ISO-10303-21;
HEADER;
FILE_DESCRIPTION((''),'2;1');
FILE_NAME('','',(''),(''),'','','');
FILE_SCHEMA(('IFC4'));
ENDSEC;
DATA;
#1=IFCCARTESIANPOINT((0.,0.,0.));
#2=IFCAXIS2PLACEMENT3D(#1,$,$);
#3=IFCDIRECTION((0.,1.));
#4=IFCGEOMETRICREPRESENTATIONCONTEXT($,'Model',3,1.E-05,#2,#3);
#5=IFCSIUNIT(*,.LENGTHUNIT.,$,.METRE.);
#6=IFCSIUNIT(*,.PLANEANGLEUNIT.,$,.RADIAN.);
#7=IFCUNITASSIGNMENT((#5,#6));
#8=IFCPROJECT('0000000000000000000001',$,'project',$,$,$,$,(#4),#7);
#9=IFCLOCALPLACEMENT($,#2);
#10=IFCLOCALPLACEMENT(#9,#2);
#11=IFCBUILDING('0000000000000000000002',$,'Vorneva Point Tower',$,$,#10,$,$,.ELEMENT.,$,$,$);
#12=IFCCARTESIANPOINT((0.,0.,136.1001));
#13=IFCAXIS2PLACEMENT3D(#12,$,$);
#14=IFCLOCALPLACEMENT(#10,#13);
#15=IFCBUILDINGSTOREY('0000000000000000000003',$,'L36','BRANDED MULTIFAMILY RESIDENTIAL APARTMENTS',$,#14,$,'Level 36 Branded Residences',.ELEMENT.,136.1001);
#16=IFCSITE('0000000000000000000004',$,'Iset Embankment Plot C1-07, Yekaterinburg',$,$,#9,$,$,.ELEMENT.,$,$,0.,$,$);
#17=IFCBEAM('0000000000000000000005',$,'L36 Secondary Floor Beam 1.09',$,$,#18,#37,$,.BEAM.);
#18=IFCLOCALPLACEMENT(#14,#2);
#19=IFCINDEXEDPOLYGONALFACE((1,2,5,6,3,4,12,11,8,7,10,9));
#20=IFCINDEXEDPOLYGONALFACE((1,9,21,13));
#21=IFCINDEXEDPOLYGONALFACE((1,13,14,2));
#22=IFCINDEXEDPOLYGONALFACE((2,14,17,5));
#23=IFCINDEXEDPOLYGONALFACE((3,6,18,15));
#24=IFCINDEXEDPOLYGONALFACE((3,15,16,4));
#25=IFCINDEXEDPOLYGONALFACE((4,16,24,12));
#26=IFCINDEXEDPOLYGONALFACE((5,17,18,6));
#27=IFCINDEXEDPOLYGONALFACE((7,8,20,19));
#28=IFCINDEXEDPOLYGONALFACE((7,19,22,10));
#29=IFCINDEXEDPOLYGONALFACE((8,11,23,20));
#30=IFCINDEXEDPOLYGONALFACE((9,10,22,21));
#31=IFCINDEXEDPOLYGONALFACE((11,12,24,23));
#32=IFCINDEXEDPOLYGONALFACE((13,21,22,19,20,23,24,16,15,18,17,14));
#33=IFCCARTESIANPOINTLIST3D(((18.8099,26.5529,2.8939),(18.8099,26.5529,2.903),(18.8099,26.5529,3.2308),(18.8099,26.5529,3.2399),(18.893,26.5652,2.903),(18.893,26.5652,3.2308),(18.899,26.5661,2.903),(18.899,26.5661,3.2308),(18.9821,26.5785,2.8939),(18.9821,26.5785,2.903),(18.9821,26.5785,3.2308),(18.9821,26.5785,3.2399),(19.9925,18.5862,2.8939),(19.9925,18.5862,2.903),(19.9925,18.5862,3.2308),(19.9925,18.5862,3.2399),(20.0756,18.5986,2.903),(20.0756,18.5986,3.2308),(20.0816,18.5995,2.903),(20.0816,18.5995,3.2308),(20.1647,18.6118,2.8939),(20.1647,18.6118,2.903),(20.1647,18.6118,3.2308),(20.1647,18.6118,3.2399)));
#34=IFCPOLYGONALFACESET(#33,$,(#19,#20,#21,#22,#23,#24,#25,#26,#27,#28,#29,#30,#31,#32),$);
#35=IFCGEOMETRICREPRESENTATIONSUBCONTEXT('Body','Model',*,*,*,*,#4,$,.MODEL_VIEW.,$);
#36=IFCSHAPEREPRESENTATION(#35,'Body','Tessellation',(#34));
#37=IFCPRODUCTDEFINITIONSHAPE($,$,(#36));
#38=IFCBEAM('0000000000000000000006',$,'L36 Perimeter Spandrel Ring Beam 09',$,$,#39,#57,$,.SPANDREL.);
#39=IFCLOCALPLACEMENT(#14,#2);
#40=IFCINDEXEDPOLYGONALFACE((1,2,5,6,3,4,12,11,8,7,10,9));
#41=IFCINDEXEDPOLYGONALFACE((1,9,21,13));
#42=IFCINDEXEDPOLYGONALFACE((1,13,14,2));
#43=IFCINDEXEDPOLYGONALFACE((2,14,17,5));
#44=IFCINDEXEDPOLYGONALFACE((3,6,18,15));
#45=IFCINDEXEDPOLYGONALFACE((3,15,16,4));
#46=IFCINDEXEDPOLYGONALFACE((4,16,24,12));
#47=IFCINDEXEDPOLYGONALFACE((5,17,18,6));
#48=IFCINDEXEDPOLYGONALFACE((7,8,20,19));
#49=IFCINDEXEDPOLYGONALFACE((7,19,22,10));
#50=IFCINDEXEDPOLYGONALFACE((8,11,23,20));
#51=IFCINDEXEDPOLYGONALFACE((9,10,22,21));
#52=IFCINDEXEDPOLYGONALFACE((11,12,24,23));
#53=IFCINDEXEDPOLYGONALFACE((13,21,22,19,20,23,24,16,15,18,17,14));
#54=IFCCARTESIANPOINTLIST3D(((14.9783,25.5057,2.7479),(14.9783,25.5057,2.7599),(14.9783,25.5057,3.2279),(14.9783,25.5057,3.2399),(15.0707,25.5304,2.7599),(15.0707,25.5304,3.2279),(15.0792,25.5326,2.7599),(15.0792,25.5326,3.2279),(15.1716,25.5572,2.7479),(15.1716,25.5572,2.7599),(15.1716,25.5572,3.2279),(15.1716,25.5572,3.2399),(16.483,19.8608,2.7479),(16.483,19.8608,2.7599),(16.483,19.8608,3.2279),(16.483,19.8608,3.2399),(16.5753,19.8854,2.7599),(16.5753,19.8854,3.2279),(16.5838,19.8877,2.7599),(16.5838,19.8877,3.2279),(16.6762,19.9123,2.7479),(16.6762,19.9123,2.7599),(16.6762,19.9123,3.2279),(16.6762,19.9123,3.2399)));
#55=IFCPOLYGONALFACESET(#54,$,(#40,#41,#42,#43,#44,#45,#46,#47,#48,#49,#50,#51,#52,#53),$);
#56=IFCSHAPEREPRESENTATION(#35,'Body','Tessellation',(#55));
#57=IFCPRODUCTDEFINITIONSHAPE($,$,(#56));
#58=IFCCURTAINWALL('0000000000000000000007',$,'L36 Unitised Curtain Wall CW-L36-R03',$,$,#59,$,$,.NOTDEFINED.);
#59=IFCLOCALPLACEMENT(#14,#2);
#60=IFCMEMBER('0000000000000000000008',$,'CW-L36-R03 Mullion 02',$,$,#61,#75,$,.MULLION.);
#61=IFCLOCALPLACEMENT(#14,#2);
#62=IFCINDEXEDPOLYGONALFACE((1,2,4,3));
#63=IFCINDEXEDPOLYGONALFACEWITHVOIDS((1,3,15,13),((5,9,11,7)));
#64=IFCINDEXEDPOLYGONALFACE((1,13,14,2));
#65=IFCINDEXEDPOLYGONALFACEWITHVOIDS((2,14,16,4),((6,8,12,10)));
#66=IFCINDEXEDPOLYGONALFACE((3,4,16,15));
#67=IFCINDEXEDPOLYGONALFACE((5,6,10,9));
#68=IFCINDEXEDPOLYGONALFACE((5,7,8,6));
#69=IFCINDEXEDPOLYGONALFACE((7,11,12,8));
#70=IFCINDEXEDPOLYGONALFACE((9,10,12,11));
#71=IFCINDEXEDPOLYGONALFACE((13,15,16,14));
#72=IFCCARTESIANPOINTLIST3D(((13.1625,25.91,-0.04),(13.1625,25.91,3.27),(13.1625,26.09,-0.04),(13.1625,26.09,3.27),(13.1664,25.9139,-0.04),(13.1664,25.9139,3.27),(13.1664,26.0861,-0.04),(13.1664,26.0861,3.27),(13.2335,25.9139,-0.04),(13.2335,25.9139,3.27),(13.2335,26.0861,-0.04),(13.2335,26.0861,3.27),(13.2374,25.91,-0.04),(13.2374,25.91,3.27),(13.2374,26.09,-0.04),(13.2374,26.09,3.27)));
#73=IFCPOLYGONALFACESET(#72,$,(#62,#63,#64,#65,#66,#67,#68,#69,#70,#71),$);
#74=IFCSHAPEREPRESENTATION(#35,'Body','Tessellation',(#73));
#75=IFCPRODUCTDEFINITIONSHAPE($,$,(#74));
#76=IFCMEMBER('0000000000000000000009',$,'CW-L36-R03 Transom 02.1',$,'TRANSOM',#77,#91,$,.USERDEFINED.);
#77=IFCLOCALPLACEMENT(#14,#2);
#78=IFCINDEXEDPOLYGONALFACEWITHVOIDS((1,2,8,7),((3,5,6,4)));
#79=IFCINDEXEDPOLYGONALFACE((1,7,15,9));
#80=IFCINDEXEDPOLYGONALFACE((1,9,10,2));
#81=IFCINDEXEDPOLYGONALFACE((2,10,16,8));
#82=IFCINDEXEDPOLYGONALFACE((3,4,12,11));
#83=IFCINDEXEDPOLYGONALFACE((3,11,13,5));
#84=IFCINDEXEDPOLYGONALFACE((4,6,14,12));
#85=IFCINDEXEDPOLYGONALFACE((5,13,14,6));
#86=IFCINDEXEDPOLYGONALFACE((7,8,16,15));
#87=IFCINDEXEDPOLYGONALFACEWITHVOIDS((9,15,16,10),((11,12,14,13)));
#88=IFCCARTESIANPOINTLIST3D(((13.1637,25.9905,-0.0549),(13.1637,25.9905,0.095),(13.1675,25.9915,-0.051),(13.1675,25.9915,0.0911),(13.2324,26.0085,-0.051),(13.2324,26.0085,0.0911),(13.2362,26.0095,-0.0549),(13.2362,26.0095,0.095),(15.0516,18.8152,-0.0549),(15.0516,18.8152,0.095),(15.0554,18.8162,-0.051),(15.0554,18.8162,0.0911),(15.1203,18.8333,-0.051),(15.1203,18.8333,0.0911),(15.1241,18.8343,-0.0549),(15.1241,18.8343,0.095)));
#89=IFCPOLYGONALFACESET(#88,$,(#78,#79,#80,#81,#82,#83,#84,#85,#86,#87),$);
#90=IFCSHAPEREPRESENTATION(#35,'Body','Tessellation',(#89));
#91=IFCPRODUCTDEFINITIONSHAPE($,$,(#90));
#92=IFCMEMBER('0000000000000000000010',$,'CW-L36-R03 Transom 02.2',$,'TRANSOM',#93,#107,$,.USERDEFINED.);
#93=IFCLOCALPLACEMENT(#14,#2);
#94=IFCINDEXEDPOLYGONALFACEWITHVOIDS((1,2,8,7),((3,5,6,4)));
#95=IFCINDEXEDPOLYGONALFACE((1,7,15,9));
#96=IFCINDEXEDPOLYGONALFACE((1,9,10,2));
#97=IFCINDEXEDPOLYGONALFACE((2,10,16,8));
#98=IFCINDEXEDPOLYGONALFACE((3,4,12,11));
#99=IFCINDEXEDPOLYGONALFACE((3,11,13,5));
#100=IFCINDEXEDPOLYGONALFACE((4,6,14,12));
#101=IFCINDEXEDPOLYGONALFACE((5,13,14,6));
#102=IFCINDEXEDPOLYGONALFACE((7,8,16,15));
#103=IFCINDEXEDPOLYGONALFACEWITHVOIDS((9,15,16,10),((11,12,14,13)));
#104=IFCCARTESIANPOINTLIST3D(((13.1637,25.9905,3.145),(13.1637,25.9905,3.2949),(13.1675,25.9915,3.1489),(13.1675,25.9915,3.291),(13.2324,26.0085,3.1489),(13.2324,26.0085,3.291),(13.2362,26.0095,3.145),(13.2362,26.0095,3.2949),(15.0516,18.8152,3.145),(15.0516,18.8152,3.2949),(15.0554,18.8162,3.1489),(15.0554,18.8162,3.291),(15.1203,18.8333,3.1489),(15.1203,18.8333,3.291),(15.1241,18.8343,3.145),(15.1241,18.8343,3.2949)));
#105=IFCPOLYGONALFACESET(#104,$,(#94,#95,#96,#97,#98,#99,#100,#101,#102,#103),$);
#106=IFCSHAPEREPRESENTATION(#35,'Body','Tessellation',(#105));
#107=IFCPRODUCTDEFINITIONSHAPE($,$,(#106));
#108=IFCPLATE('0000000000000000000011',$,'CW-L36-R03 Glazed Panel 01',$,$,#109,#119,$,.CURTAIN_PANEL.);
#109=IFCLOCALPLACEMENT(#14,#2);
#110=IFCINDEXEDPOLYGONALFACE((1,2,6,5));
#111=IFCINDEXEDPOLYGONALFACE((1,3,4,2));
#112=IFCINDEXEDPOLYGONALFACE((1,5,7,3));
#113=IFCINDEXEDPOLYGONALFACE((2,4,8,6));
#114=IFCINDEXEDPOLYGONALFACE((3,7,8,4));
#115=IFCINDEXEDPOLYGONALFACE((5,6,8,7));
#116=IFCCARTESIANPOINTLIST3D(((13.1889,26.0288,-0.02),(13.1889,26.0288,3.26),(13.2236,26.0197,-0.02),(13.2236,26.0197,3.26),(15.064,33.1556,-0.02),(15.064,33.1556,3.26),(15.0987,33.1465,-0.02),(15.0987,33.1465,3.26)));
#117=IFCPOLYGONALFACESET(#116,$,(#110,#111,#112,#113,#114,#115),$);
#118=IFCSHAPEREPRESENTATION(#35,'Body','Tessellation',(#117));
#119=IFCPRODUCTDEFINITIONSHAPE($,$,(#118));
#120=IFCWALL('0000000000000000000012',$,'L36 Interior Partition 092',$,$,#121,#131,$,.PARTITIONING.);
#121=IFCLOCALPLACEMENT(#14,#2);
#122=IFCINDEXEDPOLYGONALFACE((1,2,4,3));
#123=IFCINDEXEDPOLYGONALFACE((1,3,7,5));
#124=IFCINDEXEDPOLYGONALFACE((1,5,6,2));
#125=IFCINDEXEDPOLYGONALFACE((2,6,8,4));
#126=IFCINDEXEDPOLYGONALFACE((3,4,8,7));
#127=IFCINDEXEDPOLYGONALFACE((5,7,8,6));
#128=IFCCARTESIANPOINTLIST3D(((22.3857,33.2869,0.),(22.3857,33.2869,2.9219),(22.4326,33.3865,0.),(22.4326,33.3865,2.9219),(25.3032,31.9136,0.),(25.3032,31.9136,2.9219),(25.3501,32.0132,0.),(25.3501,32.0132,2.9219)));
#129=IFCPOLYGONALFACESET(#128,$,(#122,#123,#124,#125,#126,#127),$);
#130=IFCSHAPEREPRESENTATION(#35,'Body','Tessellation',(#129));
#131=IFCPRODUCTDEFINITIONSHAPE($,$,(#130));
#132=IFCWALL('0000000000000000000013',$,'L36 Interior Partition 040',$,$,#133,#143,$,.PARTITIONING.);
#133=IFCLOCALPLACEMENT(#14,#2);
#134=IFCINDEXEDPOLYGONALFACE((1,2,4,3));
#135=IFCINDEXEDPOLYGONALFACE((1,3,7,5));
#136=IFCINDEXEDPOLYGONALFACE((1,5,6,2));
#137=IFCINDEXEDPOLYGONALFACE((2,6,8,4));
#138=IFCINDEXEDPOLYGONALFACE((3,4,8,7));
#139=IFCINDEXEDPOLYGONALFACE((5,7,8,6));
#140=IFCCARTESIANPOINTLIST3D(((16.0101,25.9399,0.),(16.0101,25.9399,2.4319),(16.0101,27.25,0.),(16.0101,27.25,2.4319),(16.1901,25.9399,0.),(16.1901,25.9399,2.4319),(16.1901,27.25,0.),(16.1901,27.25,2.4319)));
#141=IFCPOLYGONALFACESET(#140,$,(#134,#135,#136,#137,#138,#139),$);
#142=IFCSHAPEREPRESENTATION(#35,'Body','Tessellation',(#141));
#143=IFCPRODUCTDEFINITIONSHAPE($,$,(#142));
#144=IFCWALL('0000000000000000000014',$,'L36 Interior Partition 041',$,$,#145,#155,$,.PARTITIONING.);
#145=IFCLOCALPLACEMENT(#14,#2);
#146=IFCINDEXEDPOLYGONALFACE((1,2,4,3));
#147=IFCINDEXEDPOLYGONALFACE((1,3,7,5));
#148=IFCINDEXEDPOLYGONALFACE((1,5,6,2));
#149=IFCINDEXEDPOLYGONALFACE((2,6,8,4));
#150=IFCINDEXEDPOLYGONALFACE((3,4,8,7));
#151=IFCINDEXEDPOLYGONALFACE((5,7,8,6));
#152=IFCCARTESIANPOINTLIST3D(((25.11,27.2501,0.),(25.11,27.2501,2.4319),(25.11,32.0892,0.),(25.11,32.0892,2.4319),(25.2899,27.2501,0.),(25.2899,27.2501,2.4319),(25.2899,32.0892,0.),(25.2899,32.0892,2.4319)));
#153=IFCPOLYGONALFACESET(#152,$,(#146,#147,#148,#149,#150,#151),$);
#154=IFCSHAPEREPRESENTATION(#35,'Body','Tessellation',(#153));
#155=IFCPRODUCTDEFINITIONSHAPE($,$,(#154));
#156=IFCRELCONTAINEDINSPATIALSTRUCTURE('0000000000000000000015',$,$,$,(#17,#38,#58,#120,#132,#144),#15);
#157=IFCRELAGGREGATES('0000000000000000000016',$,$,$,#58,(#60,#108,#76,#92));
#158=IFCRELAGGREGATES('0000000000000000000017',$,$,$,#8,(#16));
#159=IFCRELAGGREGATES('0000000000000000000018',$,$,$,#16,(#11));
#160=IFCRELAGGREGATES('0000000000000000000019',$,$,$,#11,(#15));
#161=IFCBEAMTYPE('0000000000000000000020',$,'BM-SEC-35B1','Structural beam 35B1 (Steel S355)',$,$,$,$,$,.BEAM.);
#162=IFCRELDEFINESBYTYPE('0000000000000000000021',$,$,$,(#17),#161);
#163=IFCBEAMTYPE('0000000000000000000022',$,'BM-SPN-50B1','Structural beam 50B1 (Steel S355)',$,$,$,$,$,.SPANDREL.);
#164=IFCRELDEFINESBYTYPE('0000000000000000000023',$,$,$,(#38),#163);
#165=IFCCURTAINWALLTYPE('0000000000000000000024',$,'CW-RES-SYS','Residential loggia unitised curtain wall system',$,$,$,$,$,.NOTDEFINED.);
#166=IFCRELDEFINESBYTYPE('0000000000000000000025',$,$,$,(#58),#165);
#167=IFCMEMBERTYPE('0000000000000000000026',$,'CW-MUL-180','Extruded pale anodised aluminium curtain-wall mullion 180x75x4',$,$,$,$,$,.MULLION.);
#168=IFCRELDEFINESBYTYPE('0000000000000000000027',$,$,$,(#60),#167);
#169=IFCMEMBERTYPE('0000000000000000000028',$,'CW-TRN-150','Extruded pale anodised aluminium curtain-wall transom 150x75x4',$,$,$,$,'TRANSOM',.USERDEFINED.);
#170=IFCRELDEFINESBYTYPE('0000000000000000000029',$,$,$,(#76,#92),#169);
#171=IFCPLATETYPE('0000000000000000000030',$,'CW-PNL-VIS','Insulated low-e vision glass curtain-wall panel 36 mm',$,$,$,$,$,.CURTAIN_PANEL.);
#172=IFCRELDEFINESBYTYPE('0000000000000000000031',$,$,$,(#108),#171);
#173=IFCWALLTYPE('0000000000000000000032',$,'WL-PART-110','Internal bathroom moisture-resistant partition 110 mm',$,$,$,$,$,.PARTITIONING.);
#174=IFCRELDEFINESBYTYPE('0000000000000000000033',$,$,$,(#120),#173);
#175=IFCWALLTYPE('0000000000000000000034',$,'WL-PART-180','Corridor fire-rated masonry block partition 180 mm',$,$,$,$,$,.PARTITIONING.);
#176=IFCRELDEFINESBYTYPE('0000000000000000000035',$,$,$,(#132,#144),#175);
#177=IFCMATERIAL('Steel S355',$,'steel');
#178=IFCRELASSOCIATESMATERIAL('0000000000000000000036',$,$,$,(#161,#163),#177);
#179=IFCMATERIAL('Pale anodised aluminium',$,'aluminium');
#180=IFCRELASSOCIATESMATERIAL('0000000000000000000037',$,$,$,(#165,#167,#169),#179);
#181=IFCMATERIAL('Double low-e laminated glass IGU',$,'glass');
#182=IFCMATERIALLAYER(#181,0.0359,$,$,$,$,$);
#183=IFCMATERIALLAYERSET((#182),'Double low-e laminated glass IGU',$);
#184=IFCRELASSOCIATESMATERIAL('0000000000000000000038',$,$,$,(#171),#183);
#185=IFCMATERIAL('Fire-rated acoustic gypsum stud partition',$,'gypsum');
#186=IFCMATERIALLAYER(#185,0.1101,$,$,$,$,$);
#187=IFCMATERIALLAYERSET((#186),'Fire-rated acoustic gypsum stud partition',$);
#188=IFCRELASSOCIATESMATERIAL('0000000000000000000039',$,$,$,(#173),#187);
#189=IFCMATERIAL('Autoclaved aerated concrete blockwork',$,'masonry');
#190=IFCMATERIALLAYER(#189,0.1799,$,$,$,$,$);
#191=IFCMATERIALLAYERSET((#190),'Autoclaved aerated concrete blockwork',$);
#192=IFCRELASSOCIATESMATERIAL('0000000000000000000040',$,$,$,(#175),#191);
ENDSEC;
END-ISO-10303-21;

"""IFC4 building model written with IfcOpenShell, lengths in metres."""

from ifc_helpers import new_model, si_unit, direction, frame, frame_2d, origin, origin_2d, place, context, subcontext, project, spatial, rectangle, hollow_rectangle, i_section, extrude, material, layer, layer_set, material_profile, profile_set, type_object, element, aggregate, save


model = new_model("IFC4")

# Units and contexts
model_context = context("Model", 3, precision=1e-05, world=origin(), true_north=direction((0.0, 1.0)))
body_context = subcontext(model_context, "Body", "Model", "MODEL_VIEW")
ifc_project = project(units=[si_unit("LENGTHUNIT", "METRE"), si_unit("PLANEANGLEUNIT", "RADIAN")], contexts=[model_context])

# Site, building, storey
site_placement = place(None, origin())
site = spatial("IfcSite", under=ifc_project, at=site_placement, Name="Iset Embankment Plot C1-07, Yekaterinburg", CompositionType="ELEMENT", RefElevation=0.0)
building_placement = place(site_placement, origin())
building = spatial("IfcBuilding", under=site, at=building_placement, Name="Vorneva Point Tower", CompositionType="ELEMENT")
storey_placement = place(building_placement, frame((0.0, 0.0, 136.1001)))
storey = spatial("IfcBuildingStorey", under=building, at=storey_placement, Name="L36", Description="BRANDED MULTIFAMILY RESIDENTIAL APARTMENTS", LongName="Level 36 Branded Residences", CompositionType="ELEMENT", Elevation=136.1001)

# Beams
ifc_material_1 = material(Name="Steel S355", Category="steel")
ifc_material_profile_1 = material_profile(ifc_material_1, i_section(OverallWidth=0.1741, OverallDepth=0.3459, WebThickness=0.0061, FlangeThickness=0.009, at=origin_2d()), Name="35B1")
ifc_profile_set_1 = profile_set([ifc_material_profile_1], Name="Steel S355")
beam_type_1 = type_object("IfcBeamType", Name="BM-SEC-35B1", Description="Structural beam 35B1 (Steel S355)", PredefinedType="BEAM", material=ifc_profile_set_1)
beam_1_placement = place(storey_placement, frame((18.896, 26.5657, 3.0669), z_axis=(0.146839, -0.98916, 0.0), x_axis=(0.98916, 0.146839, 0.0)))
element("IfcBeam", 1, at=beam_1_placement, inside=storey, type_object=beam_type_1, Name="L36 Secondary Floor Beam 1.09", PredefinedType="BEAM", context=body_context, shape_type="SweptSolid", body=[
    extrude(i_section(OverallWidth=0.1741, OverallDepth=0.3459, WebThickness=0.0061, FlangeThickness=0.009, at=origin_2d()), origin(), (0.0, 0.0, 1.0), 8.054),
])
ifc_material_profile_2 = material_profile(ifc_material_1, i_section(OverallWidth=0.2, OverallDepth=0.4919, WebThickness=0.0088, FlangeThickness=0.012, at=origin_2d()), Name="50B1")
ifc_profile_set_2 = profile_set([ifc_material_profile_2], Name="Steel S355")
beam_type_2 = type_object("IfcBeamType", Name="BM-SPN-50B1", Description="Structural beam 50B1 (Steel S355)", PredefinedType="SPANDREL", material=ifc_profile_set_2)
beam_2_placement = place(storey_placement, frame((15.075, 25.5315, 2.9939), z_axis=(0.257551, -0.966265, 0.0), x_axis=(0.966265, 0.257551, 0.0)))
element("IfcBeam", 2, at=beam_2_placement, inside=storey, type_object=beam_type_2, Name="L36 Perimeter Spandrel Ring Beam 09", PredefinedType="SPANDREL", context=body_context, shape_type="SweptSolid", body=[
    extrude(i_section(OverallWidth=0.2, OverallDepth=0.4919, WebThickness=0.0088, FlangeThickness=0.012, at=origin_2d()), origin(), (0.0, 0.0, 1.0), 5.842),
])

# Curtain wall, members, plate
ifc_material_2 = material(Name="Pale anodised aluminium", Category="aluminium")
curtain_wall_type = type_object("IfcCurtainWallType", Name="CW-RES-SYS", Description="Residential loggia unitised curtain wall system", PredefinedType="NOTDEFINED", material=ifc_material_2)
curtain_wall_placement = place(storey_placement, origin())
curtain_wall = element("IfcCurtainWall", 3, at=curtain_wall_placement, inside=storey, type_object=curtain_wall_type, Name="L36 Unitised Curtain Wall CW-L36-R03", PredefinedType="NOTDEFINED")
ifc_material_profile_3 = material_profile(ifc_material_2, hollow_rectangle(XDim=0.075, YDim=0.1799, WallThickness=0.0039, at=origin_2d()), Name="AL-MUL 180x75x4")
ifc_profile_set_3 = profile_set([ifc_material_profile_3], Name="Pale anodised aluminium")
member_type_1 = type_object("IfcMemberType", Name="CW-MUL-180", Description="Extruded pale anodised aluminium curtain-wall mullion 180x75x4", PredefinedType="MULLION", material=ifc_profile_set_3)
member_1_placement = place(storey_placement, frame((13.2, 26.0, -0.04), z_axis=(0.0, 0.0, 1.0), x_axis=(1.0, 0.0, 0.0)))
member_1 = element("IfcMember", 4, at=member_1_placement, type_object=member_type_1, Name="CW-L36-R03 Mullion 02", PredefinedType="MULLION", context=body_context, shape_type="SweptSolid", body=[
    extrude(hollow_rectangle(XDim=0.075, YDim=0.1799, WallThickness=0.0039, at=origin_2d()), origin(), (0.0, 0.0, 1.0), 3.3101),
])
ifc_material_profile_4 = material_profile(ifc_material_2, hollow_rectangle(XDim=0.075, YDim=0.1499, WallThickness=0.0039, at=origin_2d()), Name="AL-TRN 150x75x4")
ifc_profile_set_4 = profile_set([ifc_material_profile_4], Name="Pale anodised aluminium")
member_type_2 = type_object("IfcMemberType", Name="CW-TRN-150", Description="Extruded pale anodised aluminium curtain-wall transom 150x75x4", ElementType="TRANSOM", PredefinedType="USERDEFINED", material=ifc_profile_set_4)
member_2_placement = place(storey_placement, frame((13.2, 26.0, 0.02), z_axis=(0.254456, -0.967084, 0.0), x_axis=(0.967084, 0.254456, 0.0)))
member_2 = element("IfcMember", 5, at=member_2_placement, type_object=member_type_2, Name="CW-L36-R03 Transom 02.1", ObjectType="TRANSOM", PredefinedType="USERDEFINED", context=body_context, shape_type="SweptSolid", body=[
    extrude(hollow_rectangle(XDim=0.075, YDim=0.1499, WallThickness=0.0039, at=origin_2d()), origin(), (0.0, 0.0, 1.0), 7.4194),
])
member_3_placement = place(storey_placement, frame((13.2, 26.0, 3.22), z_axis=(0.254456, -0.967084, 0.0), x_axis=(0.967084, 0.254456, 0.0)))
member_3 = element("IfcMember", 6, at=member_3_placement, type_object=member_type_2, Name="CW-L36-R03 Transom 02.2", ObjectType="TRANSOM", PredefinedType="USERDEFINED", context=body_context, shape_type="SweptSolid", body=[
    extrude(hollow_rectangle(XDim=0.075, YDim=0.1499, WallThickness=0.0039, at=origin_2d()), origin(), (0.0, 0.0, 1.0), 7.4194),
])
ifc_material_3 = material(Name="Double low-e laminated glass IGU", Category="glass")
ifc_layer_1 = layer(ifc_material_3, 0.0359)
ifc_layer_set_1 = layer_set([ifc_layer_1], Name="Double low-e laminated glass IGU")
plate_type = type_object("IfcPlateType", Name="CW-PNL-VIS", Description="Insulated low-e vision glass curtain-wall panel 36 mm", PredefinedType="CURTAIN_PANEL", material=ifc_layer_set_1)
plate_placement = place(storey_placement, frame((14.1438, 29.5876, -0.02), z_axis=(0.0, 0.0, 1.0), x_axis=(-0.254433, -0.96709, 0.0)))
plate = element("IfcPlate", 7, at=plate_placement, type_object=plate_type, Name="CW-L36-R03 Glazed Panel 01", PredefinedType="CURTAIN_PANEL", context=body_context, shape_type="SweptSolid", body=[
    extrude(rectangle(XDim=7.3694, YDim=0.0359, at=origin_2d()), origin(), (0.0, 0.0, 1.0), 3.28),
])
aggregate(curtain_wall, [member_1, plate, member_2, member_3])

# Walls
ifc_material_4 = material(Name="Fire-rated acoustic gypsum stud partition", Category="gypsum")
ifc_layer_2 = layer(ifc_material_4, 0.1101)
ifc_layer_set_2 = layer_set([ifc_layer_2], Name="Fire-rated acoustic gypsum stud partition")
wall_type_1 = type_object("IfcWallType", Name="WL-PART-110", Description="Internal bathroom moisture-resistant partition 110 mm", PredefinedType="PARTITIONING", material=ifc_layer_set_2)
wall_1_placement = place(storey_placement, frame((25.3267, 31.9634, 0.0), z_axis=(0.0, 0.0, 1.0), x_axis=(-0.904776, 0.425888, 0.0)))
element("IfcWall", 8, at=wall_1_placement, inside=storey, type_object=wall_type_1, Name="L36 Interior Partition 092", PredefinedType="PARTITIONING", context=body_context, shape_type="SweptSolid", body=[
    extrude(rectangle(XDim=3.2246, YDim=0.1101, at=frame_2d((1.6123, 0.0))), origin(), (0.0, 0.0, 1.0), 2.9219),
])
ifc_material_5 = material(Name="Autoclaved aerated concrete blockwork", Category="masonry")
ifc_layer_3 = layer(ifc_material_5, 0.1799)
ifc_layer_set_3 = layer_set([ifc_layer_3], Name="Autoclaved aerated concrete blockwork")
wall_type_2 = type_object("IfcWallType", Name="WL-PART-180", Description="Corridor fire-rated masonry block partition 180 mm", PredefinedType="PARTITIONING", material=ifc_layer_set_3)
wall_2_placement = place(storey_placement, frame((16.1001, 27.25, 0.0), z_axis=(0.0, 0.0, 1.0), x_axis=(0.0, -1.0, 0.0)))
element("IfcWall", 9, at=wall_2_placement, inside=storey, type_object=wall_type_2, Name="L36 Interior Partition 040", PredefinedType="PARTITIONING", context=body_context, shape_type="SweptSolid", body=[
    extrude(rectangle(XDim=1.3101, YDim=0.1799, at=frame_2d((0.655, 0.0))), origin(), (0.0, 0.0, 1.0), 2.4319),
])
wall_3_placement = place(storey_placement, frame((25.2, 32.0891, 0.0), z_axis=(0.0, 0.0, 1.0), x_axis=(0.0, -1.0, 0.0)))
element("IfcWall", 10, at=wall_3_placement, inside=storey, type_object=wall_type_2, Name="L36 Interior Partition 041", PredefinedType="PARTITIONING", context=body_context, shape_type="SweptSolid", body=[
    extrude(rectangle(XDim=4.8391, YDim=0.1799, at=frame_2d((2.4194, 0.0))), origin(), (0.0, 0.0, 1.0), 2.4319),
])

save(model, "model.ifc")
